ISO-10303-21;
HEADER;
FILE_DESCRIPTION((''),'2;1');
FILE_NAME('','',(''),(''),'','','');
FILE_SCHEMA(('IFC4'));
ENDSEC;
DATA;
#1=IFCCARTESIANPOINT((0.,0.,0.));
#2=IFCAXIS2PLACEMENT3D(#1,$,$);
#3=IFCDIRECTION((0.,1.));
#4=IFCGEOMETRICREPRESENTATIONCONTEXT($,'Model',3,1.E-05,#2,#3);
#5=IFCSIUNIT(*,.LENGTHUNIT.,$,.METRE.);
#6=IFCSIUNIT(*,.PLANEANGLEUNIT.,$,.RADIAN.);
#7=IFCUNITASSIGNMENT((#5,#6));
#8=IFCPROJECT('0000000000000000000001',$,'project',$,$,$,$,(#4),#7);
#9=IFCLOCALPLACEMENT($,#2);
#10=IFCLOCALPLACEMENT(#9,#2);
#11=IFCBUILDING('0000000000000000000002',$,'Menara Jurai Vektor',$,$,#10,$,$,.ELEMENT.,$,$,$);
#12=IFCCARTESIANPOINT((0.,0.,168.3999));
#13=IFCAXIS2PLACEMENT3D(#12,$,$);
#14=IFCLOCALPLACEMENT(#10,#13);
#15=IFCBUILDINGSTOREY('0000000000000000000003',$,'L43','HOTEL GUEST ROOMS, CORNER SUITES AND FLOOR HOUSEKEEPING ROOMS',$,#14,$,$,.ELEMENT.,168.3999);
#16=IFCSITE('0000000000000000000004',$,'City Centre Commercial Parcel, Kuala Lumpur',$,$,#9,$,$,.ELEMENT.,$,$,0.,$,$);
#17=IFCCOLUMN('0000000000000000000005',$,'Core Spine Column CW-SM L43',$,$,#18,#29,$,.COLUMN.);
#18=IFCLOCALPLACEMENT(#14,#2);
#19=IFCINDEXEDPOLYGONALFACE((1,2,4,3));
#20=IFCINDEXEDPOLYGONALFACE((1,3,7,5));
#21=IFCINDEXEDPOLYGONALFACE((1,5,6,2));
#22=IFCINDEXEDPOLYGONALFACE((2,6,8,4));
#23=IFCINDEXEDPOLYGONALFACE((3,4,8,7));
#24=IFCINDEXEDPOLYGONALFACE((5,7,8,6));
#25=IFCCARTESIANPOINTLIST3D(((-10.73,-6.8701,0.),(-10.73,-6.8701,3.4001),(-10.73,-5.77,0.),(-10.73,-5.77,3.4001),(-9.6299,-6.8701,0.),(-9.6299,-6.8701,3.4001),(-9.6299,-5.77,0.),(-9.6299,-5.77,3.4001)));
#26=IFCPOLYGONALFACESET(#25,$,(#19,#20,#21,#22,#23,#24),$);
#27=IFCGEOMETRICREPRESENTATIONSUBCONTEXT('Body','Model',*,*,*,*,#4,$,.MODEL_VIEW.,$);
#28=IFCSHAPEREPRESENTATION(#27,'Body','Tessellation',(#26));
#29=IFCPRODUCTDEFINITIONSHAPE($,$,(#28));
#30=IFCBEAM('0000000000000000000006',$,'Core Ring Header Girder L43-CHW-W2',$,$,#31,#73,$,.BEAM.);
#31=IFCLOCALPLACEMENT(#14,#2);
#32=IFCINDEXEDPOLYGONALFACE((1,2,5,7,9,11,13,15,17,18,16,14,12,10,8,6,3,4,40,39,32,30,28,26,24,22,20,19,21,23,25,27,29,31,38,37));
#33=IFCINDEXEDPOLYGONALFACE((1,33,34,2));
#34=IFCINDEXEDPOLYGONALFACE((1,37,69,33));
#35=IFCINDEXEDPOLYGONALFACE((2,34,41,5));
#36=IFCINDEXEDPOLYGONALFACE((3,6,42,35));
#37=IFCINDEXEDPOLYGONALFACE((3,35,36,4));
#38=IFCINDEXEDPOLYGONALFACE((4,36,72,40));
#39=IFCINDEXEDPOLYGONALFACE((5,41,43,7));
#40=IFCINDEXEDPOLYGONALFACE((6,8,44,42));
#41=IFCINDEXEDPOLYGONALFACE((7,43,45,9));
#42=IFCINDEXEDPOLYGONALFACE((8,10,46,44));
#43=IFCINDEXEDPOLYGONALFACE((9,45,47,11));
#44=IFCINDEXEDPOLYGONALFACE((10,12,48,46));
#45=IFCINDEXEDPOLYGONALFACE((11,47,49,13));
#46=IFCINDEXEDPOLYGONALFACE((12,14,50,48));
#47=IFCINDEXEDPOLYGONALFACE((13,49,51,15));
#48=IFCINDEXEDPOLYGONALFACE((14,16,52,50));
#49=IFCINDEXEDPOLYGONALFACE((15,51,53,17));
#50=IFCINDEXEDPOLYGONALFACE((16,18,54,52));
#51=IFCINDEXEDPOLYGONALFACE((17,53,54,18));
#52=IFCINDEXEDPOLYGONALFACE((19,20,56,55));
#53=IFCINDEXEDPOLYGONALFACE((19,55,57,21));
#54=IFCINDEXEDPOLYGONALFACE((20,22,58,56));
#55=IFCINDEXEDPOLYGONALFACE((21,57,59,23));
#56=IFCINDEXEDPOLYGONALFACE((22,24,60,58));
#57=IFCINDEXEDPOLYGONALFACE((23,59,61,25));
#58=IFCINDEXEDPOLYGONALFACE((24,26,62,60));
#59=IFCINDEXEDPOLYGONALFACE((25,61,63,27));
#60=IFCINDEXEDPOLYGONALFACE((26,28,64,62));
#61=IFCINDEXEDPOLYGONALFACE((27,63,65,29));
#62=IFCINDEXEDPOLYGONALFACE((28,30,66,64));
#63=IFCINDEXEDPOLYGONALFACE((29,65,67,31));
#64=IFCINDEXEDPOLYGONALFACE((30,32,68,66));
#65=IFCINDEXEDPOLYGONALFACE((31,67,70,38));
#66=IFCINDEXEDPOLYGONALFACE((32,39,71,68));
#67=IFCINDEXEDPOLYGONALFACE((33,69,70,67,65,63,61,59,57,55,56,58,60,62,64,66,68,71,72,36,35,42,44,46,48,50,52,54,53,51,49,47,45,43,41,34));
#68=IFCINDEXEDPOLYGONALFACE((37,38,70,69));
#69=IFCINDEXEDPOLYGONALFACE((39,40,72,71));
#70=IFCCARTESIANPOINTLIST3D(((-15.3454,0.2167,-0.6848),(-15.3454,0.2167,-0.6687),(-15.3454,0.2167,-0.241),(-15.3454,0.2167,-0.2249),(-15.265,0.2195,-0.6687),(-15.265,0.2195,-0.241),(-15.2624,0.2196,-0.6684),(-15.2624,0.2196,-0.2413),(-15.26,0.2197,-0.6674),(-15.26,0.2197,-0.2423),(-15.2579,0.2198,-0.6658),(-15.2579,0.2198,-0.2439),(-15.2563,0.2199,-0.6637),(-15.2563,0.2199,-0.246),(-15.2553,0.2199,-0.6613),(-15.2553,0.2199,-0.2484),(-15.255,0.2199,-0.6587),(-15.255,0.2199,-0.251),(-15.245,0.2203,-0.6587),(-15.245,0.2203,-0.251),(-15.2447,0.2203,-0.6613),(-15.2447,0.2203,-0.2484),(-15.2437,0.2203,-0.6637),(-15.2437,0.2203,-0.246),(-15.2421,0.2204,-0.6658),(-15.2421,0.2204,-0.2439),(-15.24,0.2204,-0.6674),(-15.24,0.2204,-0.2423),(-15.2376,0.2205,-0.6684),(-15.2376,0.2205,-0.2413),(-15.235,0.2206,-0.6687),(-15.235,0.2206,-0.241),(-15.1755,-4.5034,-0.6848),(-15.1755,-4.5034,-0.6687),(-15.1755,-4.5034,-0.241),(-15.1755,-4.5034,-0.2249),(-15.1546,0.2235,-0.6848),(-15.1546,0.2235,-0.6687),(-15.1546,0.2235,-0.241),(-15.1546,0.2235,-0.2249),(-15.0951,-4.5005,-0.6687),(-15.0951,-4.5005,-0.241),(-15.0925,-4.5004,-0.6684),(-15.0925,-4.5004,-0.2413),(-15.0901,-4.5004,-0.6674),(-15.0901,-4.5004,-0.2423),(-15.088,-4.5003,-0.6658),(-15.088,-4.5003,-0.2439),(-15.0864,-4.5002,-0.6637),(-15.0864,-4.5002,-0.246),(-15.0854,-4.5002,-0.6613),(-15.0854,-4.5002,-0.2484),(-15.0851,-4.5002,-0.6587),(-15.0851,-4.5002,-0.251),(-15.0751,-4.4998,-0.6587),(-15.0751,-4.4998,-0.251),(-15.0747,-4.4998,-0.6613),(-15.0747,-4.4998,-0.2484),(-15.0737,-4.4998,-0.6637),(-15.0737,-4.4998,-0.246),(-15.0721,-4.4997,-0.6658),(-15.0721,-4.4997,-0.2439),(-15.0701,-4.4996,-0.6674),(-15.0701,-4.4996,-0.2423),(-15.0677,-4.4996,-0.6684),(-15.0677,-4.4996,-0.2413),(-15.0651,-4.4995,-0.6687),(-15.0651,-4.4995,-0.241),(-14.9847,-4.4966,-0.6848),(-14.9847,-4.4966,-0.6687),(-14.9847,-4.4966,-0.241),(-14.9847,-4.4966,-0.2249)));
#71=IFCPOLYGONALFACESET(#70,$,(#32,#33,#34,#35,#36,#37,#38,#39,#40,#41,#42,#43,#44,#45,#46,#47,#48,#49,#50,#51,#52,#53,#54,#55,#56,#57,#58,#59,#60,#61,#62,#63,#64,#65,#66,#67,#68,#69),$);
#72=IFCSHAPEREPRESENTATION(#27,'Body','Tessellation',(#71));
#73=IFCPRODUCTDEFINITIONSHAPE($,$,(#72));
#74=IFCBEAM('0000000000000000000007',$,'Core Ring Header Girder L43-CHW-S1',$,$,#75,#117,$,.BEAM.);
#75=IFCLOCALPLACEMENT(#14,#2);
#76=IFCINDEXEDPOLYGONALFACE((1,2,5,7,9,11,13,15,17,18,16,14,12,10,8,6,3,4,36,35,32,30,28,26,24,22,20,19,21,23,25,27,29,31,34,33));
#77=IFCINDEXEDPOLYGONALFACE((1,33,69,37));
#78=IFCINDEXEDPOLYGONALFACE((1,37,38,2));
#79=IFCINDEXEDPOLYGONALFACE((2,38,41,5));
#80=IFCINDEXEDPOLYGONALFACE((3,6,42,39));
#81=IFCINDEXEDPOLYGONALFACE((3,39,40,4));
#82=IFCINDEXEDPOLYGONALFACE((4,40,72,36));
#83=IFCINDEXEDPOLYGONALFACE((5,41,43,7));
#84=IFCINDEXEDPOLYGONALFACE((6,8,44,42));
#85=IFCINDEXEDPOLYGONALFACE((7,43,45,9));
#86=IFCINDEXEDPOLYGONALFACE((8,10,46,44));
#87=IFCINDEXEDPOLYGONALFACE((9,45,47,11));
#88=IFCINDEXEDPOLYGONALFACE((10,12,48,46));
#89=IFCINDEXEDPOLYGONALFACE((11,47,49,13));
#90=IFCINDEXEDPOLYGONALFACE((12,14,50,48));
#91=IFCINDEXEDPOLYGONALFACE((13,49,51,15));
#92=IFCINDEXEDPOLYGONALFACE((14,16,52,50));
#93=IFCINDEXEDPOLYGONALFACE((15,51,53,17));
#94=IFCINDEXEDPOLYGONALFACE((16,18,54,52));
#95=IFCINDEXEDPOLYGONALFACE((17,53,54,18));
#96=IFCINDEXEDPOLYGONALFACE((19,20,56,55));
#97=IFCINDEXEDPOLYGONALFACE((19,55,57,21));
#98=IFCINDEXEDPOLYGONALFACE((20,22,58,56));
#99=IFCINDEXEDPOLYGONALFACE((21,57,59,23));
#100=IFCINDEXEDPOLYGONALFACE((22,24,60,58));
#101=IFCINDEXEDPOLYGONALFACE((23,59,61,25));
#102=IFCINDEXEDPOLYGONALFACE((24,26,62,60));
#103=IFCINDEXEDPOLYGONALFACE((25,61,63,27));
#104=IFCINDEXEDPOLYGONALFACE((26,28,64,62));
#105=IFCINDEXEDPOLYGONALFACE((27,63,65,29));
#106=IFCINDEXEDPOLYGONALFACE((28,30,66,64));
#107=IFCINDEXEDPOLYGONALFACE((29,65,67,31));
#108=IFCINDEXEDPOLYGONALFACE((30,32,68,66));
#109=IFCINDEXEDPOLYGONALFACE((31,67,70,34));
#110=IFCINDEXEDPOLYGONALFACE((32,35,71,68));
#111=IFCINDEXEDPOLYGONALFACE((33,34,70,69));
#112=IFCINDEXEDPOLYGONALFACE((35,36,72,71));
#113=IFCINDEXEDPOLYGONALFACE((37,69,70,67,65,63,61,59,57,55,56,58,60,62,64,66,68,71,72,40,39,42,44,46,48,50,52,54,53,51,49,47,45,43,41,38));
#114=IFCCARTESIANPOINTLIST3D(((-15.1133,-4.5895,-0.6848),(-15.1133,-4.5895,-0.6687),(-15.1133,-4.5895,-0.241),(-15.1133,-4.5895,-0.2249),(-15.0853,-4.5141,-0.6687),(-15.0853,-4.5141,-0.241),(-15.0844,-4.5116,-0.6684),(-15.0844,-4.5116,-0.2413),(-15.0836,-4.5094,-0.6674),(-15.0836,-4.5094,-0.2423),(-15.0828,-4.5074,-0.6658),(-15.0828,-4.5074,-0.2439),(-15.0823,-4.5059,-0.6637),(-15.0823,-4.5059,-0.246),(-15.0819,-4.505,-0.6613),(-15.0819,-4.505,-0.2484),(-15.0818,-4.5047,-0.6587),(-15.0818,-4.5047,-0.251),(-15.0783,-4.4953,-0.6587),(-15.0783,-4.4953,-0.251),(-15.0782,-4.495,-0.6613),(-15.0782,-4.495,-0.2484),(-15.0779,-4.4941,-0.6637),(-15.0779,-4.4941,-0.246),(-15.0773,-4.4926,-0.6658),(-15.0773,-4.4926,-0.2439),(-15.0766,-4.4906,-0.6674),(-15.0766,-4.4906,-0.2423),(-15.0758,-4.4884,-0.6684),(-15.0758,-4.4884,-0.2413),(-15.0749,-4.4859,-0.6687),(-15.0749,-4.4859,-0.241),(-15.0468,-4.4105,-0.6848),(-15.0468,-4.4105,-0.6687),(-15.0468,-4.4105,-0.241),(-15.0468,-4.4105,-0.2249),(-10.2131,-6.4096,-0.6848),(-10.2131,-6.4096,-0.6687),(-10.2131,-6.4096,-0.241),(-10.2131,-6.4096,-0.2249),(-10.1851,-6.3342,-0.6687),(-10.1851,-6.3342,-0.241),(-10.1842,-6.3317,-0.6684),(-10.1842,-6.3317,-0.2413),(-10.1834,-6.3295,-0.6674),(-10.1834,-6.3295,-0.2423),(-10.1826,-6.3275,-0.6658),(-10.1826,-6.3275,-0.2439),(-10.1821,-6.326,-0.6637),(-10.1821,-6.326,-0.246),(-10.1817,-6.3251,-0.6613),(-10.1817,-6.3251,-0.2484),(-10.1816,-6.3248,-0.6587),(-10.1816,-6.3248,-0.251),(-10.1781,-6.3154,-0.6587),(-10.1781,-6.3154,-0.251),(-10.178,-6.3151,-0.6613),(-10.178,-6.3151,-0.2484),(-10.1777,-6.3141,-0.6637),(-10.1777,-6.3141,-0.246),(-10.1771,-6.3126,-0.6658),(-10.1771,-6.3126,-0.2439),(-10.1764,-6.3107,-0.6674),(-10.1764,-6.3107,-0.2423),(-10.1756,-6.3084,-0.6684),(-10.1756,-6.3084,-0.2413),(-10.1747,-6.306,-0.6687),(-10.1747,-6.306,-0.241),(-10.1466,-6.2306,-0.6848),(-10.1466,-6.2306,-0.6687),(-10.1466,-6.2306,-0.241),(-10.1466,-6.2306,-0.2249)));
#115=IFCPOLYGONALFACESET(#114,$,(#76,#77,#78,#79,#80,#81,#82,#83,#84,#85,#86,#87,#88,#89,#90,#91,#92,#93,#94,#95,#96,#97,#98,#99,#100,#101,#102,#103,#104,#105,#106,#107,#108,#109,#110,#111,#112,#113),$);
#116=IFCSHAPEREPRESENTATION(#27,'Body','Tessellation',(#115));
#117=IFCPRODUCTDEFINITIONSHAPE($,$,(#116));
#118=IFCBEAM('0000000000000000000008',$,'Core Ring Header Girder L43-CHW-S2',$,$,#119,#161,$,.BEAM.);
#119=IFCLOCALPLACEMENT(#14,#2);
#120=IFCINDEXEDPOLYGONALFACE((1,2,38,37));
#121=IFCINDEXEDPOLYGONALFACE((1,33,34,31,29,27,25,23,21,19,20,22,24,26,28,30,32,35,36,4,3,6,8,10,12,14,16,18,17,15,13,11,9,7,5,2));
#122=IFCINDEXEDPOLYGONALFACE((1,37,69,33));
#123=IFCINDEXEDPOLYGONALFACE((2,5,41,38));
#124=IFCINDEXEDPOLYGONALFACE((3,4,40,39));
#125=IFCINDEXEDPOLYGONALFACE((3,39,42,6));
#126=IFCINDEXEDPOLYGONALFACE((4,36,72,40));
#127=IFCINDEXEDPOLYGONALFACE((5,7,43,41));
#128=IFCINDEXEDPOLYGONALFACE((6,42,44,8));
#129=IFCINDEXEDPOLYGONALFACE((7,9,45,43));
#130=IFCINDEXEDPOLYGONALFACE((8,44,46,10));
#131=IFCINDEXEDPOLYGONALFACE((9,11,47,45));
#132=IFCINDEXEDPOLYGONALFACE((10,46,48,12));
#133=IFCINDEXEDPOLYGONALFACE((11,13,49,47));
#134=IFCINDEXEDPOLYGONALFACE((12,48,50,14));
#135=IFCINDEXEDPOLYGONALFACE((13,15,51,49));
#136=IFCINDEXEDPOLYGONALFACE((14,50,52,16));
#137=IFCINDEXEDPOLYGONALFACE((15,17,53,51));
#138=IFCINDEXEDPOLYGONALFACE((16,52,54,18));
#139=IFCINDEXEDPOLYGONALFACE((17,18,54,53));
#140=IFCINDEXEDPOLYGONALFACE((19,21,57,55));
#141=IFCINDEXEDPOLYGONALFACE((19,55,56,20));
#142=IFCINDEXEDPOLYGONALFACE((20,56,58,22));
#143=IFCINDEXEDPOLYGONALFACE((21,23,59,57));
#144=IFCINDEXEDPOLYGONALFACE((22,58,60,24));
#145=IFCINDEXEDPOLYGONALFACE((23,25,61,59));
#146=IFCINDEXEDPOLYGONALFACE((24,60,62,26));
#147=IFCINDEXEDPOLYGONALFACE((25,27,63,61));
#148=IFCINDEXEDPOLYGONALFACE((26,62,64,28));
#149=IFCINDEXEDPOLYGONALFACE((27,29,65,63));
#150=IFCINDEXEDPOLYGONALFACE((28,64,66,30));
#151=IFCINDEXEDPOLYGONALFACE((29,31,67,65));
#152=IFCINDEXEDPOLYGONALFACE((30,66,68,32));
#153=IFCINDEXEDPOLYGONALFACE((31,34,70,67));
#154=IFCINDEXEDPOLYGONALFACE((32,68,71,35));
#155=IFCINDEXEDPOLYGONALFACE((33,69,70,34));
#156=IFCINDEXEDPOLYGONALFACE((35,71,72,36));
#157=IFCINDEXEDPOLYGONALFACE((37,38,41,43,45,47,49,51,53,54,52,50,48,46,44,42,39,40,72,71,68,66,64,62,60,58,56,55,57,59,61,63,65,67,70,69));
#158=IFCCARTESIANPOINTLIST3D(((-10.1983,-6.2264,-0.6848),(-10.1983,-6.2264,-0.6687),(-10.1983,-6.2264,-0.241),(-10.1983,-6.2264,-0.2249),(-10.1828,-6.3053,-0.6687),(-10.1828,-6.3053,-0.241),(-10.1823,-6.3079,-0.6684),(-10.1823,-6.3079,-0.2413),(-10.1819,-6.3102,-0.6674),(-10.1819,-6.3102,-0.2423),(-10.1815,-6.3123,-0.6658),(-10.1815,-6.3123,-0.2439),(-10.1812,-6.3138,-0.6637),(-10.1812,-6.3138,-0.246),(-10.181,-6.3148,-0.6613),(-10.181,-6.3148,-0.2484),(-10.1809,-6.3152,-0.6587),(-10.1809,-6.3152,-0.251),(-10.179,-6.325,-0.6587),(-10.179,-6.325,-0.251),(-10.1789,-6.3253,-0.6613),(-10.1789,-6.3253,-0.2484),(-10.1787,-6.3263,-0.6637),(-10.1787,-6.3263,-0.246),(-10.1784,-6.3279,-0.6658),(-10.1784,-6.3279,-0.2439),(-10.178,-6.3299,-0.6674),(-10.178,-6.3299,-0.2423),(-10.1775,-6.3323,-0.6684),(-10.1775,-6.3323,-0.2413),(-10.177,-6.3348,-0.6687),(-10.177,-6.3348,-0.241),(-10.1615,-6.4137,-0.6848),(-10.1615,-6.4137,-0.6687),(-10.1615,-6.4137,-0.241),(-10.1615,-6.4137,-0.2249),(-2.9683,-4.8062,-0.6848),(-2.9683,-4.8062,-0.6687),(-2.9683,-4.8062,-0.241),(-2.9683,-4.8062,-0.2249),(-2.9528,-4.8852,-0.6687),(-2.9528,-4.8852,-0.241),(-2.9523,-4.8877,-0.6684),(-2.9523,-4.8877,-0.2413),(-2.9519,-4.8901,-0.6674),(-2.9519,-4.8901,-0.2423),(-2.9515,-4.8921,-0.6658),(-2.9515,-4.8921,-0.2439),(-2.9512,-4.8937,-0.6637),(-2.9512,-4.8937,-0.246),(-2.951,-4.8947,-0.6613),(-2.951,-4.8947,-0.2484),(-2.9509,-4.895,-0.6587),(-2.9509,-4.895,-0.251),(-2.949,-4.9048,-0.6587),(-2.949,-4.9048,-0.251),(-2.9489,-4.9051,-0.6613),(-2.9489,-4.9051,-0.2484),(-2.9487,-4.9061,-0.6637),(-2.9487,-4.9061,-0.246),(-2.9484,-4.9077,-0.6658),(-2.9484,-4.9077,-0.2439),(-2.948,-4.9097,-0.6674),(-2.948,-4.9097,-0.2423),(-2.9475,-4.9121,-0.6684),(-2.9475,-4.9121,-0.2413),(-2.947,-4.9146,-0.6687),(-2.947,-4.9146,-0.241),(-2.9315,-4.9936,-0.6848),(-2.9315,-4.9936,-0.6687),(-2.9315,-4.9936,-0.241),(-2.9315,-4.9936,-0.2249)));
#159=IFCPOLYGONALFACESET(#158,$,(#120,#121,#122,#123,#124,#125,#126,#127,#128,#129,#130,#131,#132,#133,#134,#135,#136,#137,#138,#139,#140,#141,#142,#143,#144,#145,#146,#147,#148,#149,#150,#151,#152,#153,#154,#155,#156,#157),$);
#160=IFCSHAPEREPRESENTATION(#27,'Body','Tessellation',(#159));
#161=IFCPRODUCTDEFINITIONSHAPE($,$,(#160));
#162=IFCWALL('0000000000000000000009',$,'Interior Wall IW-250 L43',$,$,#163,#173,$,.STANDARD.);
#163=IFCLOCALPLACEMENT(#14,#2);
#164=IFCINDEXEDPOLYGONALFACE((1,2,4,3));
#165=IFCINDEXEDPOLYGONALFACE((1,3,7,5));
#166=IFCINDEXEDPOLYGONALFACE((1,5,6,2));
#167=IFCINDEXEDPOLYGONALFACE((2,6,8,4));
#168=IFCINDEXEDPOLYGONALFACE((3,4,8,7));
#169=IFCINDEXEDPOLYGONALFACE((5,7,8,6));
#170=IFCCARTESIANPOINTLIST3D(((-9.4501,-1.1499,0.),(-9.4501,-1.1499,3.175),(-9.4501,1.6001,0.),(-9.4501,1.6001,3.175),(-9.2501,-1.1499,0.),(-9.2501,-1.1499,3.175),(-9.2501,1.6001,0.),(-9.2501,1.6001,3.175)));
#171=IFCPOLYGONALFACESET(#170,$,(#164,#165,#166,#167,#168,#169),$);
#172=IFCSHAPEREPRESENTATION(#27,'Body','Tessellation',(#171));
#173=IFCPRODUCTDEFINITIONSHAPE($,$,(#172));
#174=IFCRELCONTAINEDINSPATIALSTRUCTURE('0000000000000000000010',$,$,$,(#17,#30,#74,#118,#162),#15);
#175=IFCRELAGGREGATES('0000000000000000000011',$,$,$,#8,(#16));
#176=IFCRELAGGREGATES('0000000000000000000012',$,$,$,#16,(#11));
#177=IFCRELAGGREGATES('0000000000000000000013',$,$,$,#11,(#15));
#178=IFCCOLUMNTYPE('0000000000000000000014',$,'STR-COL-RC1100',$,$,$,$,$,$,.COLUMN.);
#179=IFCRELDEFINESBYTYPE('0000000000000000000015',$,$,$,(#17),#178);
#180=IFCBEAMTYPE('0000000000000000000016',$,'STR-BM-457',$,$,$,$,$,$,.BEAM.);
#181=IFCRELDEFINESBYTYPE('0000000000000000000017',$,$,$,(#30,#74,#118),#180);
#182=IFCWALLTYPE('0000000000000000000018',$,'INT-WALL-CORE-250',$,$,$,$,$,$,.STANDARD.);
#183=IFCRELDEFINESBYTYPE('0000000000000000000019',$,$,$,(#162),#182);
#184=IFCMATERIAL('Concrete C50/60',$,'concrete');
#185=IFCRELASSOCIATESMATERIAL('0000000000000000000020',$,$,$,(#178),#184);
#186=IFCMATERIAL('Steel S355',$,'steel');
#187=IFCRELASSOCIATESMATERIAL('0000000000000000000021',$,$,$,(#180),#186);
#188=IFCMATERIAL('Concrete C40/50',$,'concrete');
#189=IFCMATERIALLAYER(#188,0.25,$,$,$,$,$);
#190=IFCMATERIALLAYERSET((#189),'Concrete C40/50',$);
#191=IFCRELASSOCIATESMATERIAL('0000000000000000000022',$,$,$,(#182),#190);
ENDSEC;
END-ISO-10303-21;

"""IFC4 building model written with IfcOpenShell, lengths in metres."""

from ifc_helpers import new_model, si_unit, direction, frame, frame_2d, origin, origin_2d, place, context, subcontext, project, spatial, rectangle, i_section, extrude, material, layer, layer_set, material_profile, profile_set, type_object, element, save


model = new_model("IFC4")

# Units and contexts
model_context = context("Model", 3, precision=1e-05, world=origin(), true_north=direction((0.0, 1.0)))
body_context = subcontext(model_context, "Body", "Model", "MODEL_VIEW")
ifc_project = project(units=[si_unit("LENGTHUNIT", "METRE"), si_unit("PLANEANGLEUNIT", "RADIAN")], contexts=[model_context])

# Site, building, storey
site_placement = place(None, origin())
site = spatial("IfcSite", under=ifc_project, at=site_placement, Name="City Centre Commercial Parcel, Kuala Lumpur", CompositionType="ELEMENT", RefElevation=0.0)
building_placement = place(site_placement, origin())
building = spatial("IfcBuilding", under=site, at=building_placement, Name="Menara Jurai Vektor", CompositionType="ELEMENT")
storey_placement = place(building_placement, frame((0.0, 0.0, 168.3999)))
storey = spatial("IfcBuildingStorey", under=building, at=storey_placement, Name="L43", Description="HOTEL GUEST ROOMS, CORNER SUITES AND FLOOR HOUSEKEEPING ROOMS", CompositionType="ELEMENT", Elevation=168.3999)

# Column
ifc_material_1 = material(Name="Concrete C50/60", Category="concrete")
ifc_material_profile_1 = material_profile(ifc_material_1, rectangle(XDim=1.1001, YDim=1.1001, at=origin_2d()), Name="RC 1100x1100")
ifc_profile_set_1 = profile_set([ifc_material_profile_1], Name="Concrete C50/60")
column_type = type_object("IfcColumnType", Name="STR-COL-RC1100", PredefinedType="COLUMN", material=ifc_profile_set_1)
column_placement = place(storey_placement, frame((-10.1799, -6.3201, 0.0), z_axis=(0.0, 0.0, 1.0), x_axis=(1.0, 0.0, 0.0)))
element("IfcColumn", 1, at=column_placement, inside=storey, type_object=column_type, Name="Core Spine Column CW-SM L43", PredefinedType="COLUMN", context=body_context, shape_type="SweptSolid", body=[
    extrude(rectangle(XDim=1.1001, YDim=1.1001, at=origin_2d()), origin(), (0.0, 0.0, 1.0), 3.4001),
])

# Beams
ifc_material_2 = material(Name="Steel S355", Category="steel")
ifc_material_profile_2 = material_profile(ifc_material_2, i_section(OverallWidth=0.1909, OverallDepth=0.46, WebThickness=0.01, FlangeThickness=0.0161, FilletRadius=0.01, at=origin_2d()), Name="UKB 457x191x82")
ifc_profile_set_2 = profile_set([ifc_material_profile_2], Name="Steel S355")
beam_type = type_object("IfcBeamType", Name="STR-BM-457", PredefinedType="BEAM", material=ifc_profile_set_2)
beam_1_placement = place(storey_placement, frame((-15.0801, -4.5, -0.4548), z_axis=(-0.035977, 0.999353, 0.0), x_axis=(-0.999353, -0.035977, 0.0)))
element("IfcBeam", 2, at=beam_1_placement, inside=storey, type_object=beam_type, Name="Core Ring Header Girder L43-CHW-W2", PredefinedType="BEAM", context=body_context, shape_type="SweptSolid", body=[
    extrude(i_section(OverallWidth=0.1909, OverallDepth=0.46, WebThickness=0.01, FlangeThickness=0.0161, FilletRadius=0.01, at=origin_2d()), origin(), (0.0, 0.0, 1.0), 4.7231),
])
beam_2_placement = place(storey_placement, frame((-15.0801, -4.5, -0.4548), z_axis=(0.937424, -0.348189, 0.0), x_axis=(0.348189, 0.937424, 0.0)))
element("IfcBeam", 3, at=beam_2_placement, inside=storey, type_object=beam_type, Name="Core Ring Header Girder L43-CHW-S1", PredefinedType="BEAM", context=body_context, shape_type="SweptSolid", body=[
    extrude(i_section(OverallWidth=0.1909, OverallDepth=0.46, WebThickness=0.01, FlangeThickness=0.0161, FilletRadius=0.01, at=origin_2d()), origin(), (0.0, 0.0, 1.0), 5.2273),
])
beam_3_placement = place(storey_placement, frame((-10.1799, -6.3201, -0.4548), z_axis=(0.981249, 0.192744, 0.0), x_axis=(-0.192744, 0.981249, 0.0)))
element("IfcBeam", 4, at=beam_3_placement, inside=storey, type_object=beam_type, Name="Core Ring Header Girder L43-CHW-S2", PredefinedType="BEAM", context=body_context, shape_type="SweptSolid", body=[
    extrude(i_section(OverallWidth=0.1909, OverallDepth=0.46, WebThickness=0.01, FlangeThickness=0.0161, FilletRadius=0.01, at=origin_2d()), origin(), (0.0, 0.0, 1.0), 7.3682),
])

# Shared definitions
ifc_material_3 = material(Name="Concrete C40/50", Category="concrete")
ifc_layer_1 = layer(ifc_material_3, 0.25)
ifc_layer_set_1 = layer_set([ifc_layer_1], Name="Concrete C40/50")
wall_type_1 = type_object("IfcWallType", Name="INT-WALL-CORE-250", PredefinedType="STANDARD", material=ifc_layer_set_1)

# Wall
wall_1_placement = place(storey_placement, frame((-9.3501, -1.1499, 0.0), z_axis=(0.0, 0.0, 1.0), x_axis=(0.0, 1.0, 0.0)))
element("IfcWall", 5, at=wall_1_placement, inside=storey, type_object=wall_type_1, Name="Interior Wall IW-250 L43", PredefinedType="STANDARD", context=body_context, shape_type="SweptSolid", body=[
    extrude(rectangle(XDim=2.75, YDim=0.2, at=frame_2d((1.375, 0.0))), origin(), (0.0, 0.0, 1.0), 3.175),
])

save(model, "model.ifc")
